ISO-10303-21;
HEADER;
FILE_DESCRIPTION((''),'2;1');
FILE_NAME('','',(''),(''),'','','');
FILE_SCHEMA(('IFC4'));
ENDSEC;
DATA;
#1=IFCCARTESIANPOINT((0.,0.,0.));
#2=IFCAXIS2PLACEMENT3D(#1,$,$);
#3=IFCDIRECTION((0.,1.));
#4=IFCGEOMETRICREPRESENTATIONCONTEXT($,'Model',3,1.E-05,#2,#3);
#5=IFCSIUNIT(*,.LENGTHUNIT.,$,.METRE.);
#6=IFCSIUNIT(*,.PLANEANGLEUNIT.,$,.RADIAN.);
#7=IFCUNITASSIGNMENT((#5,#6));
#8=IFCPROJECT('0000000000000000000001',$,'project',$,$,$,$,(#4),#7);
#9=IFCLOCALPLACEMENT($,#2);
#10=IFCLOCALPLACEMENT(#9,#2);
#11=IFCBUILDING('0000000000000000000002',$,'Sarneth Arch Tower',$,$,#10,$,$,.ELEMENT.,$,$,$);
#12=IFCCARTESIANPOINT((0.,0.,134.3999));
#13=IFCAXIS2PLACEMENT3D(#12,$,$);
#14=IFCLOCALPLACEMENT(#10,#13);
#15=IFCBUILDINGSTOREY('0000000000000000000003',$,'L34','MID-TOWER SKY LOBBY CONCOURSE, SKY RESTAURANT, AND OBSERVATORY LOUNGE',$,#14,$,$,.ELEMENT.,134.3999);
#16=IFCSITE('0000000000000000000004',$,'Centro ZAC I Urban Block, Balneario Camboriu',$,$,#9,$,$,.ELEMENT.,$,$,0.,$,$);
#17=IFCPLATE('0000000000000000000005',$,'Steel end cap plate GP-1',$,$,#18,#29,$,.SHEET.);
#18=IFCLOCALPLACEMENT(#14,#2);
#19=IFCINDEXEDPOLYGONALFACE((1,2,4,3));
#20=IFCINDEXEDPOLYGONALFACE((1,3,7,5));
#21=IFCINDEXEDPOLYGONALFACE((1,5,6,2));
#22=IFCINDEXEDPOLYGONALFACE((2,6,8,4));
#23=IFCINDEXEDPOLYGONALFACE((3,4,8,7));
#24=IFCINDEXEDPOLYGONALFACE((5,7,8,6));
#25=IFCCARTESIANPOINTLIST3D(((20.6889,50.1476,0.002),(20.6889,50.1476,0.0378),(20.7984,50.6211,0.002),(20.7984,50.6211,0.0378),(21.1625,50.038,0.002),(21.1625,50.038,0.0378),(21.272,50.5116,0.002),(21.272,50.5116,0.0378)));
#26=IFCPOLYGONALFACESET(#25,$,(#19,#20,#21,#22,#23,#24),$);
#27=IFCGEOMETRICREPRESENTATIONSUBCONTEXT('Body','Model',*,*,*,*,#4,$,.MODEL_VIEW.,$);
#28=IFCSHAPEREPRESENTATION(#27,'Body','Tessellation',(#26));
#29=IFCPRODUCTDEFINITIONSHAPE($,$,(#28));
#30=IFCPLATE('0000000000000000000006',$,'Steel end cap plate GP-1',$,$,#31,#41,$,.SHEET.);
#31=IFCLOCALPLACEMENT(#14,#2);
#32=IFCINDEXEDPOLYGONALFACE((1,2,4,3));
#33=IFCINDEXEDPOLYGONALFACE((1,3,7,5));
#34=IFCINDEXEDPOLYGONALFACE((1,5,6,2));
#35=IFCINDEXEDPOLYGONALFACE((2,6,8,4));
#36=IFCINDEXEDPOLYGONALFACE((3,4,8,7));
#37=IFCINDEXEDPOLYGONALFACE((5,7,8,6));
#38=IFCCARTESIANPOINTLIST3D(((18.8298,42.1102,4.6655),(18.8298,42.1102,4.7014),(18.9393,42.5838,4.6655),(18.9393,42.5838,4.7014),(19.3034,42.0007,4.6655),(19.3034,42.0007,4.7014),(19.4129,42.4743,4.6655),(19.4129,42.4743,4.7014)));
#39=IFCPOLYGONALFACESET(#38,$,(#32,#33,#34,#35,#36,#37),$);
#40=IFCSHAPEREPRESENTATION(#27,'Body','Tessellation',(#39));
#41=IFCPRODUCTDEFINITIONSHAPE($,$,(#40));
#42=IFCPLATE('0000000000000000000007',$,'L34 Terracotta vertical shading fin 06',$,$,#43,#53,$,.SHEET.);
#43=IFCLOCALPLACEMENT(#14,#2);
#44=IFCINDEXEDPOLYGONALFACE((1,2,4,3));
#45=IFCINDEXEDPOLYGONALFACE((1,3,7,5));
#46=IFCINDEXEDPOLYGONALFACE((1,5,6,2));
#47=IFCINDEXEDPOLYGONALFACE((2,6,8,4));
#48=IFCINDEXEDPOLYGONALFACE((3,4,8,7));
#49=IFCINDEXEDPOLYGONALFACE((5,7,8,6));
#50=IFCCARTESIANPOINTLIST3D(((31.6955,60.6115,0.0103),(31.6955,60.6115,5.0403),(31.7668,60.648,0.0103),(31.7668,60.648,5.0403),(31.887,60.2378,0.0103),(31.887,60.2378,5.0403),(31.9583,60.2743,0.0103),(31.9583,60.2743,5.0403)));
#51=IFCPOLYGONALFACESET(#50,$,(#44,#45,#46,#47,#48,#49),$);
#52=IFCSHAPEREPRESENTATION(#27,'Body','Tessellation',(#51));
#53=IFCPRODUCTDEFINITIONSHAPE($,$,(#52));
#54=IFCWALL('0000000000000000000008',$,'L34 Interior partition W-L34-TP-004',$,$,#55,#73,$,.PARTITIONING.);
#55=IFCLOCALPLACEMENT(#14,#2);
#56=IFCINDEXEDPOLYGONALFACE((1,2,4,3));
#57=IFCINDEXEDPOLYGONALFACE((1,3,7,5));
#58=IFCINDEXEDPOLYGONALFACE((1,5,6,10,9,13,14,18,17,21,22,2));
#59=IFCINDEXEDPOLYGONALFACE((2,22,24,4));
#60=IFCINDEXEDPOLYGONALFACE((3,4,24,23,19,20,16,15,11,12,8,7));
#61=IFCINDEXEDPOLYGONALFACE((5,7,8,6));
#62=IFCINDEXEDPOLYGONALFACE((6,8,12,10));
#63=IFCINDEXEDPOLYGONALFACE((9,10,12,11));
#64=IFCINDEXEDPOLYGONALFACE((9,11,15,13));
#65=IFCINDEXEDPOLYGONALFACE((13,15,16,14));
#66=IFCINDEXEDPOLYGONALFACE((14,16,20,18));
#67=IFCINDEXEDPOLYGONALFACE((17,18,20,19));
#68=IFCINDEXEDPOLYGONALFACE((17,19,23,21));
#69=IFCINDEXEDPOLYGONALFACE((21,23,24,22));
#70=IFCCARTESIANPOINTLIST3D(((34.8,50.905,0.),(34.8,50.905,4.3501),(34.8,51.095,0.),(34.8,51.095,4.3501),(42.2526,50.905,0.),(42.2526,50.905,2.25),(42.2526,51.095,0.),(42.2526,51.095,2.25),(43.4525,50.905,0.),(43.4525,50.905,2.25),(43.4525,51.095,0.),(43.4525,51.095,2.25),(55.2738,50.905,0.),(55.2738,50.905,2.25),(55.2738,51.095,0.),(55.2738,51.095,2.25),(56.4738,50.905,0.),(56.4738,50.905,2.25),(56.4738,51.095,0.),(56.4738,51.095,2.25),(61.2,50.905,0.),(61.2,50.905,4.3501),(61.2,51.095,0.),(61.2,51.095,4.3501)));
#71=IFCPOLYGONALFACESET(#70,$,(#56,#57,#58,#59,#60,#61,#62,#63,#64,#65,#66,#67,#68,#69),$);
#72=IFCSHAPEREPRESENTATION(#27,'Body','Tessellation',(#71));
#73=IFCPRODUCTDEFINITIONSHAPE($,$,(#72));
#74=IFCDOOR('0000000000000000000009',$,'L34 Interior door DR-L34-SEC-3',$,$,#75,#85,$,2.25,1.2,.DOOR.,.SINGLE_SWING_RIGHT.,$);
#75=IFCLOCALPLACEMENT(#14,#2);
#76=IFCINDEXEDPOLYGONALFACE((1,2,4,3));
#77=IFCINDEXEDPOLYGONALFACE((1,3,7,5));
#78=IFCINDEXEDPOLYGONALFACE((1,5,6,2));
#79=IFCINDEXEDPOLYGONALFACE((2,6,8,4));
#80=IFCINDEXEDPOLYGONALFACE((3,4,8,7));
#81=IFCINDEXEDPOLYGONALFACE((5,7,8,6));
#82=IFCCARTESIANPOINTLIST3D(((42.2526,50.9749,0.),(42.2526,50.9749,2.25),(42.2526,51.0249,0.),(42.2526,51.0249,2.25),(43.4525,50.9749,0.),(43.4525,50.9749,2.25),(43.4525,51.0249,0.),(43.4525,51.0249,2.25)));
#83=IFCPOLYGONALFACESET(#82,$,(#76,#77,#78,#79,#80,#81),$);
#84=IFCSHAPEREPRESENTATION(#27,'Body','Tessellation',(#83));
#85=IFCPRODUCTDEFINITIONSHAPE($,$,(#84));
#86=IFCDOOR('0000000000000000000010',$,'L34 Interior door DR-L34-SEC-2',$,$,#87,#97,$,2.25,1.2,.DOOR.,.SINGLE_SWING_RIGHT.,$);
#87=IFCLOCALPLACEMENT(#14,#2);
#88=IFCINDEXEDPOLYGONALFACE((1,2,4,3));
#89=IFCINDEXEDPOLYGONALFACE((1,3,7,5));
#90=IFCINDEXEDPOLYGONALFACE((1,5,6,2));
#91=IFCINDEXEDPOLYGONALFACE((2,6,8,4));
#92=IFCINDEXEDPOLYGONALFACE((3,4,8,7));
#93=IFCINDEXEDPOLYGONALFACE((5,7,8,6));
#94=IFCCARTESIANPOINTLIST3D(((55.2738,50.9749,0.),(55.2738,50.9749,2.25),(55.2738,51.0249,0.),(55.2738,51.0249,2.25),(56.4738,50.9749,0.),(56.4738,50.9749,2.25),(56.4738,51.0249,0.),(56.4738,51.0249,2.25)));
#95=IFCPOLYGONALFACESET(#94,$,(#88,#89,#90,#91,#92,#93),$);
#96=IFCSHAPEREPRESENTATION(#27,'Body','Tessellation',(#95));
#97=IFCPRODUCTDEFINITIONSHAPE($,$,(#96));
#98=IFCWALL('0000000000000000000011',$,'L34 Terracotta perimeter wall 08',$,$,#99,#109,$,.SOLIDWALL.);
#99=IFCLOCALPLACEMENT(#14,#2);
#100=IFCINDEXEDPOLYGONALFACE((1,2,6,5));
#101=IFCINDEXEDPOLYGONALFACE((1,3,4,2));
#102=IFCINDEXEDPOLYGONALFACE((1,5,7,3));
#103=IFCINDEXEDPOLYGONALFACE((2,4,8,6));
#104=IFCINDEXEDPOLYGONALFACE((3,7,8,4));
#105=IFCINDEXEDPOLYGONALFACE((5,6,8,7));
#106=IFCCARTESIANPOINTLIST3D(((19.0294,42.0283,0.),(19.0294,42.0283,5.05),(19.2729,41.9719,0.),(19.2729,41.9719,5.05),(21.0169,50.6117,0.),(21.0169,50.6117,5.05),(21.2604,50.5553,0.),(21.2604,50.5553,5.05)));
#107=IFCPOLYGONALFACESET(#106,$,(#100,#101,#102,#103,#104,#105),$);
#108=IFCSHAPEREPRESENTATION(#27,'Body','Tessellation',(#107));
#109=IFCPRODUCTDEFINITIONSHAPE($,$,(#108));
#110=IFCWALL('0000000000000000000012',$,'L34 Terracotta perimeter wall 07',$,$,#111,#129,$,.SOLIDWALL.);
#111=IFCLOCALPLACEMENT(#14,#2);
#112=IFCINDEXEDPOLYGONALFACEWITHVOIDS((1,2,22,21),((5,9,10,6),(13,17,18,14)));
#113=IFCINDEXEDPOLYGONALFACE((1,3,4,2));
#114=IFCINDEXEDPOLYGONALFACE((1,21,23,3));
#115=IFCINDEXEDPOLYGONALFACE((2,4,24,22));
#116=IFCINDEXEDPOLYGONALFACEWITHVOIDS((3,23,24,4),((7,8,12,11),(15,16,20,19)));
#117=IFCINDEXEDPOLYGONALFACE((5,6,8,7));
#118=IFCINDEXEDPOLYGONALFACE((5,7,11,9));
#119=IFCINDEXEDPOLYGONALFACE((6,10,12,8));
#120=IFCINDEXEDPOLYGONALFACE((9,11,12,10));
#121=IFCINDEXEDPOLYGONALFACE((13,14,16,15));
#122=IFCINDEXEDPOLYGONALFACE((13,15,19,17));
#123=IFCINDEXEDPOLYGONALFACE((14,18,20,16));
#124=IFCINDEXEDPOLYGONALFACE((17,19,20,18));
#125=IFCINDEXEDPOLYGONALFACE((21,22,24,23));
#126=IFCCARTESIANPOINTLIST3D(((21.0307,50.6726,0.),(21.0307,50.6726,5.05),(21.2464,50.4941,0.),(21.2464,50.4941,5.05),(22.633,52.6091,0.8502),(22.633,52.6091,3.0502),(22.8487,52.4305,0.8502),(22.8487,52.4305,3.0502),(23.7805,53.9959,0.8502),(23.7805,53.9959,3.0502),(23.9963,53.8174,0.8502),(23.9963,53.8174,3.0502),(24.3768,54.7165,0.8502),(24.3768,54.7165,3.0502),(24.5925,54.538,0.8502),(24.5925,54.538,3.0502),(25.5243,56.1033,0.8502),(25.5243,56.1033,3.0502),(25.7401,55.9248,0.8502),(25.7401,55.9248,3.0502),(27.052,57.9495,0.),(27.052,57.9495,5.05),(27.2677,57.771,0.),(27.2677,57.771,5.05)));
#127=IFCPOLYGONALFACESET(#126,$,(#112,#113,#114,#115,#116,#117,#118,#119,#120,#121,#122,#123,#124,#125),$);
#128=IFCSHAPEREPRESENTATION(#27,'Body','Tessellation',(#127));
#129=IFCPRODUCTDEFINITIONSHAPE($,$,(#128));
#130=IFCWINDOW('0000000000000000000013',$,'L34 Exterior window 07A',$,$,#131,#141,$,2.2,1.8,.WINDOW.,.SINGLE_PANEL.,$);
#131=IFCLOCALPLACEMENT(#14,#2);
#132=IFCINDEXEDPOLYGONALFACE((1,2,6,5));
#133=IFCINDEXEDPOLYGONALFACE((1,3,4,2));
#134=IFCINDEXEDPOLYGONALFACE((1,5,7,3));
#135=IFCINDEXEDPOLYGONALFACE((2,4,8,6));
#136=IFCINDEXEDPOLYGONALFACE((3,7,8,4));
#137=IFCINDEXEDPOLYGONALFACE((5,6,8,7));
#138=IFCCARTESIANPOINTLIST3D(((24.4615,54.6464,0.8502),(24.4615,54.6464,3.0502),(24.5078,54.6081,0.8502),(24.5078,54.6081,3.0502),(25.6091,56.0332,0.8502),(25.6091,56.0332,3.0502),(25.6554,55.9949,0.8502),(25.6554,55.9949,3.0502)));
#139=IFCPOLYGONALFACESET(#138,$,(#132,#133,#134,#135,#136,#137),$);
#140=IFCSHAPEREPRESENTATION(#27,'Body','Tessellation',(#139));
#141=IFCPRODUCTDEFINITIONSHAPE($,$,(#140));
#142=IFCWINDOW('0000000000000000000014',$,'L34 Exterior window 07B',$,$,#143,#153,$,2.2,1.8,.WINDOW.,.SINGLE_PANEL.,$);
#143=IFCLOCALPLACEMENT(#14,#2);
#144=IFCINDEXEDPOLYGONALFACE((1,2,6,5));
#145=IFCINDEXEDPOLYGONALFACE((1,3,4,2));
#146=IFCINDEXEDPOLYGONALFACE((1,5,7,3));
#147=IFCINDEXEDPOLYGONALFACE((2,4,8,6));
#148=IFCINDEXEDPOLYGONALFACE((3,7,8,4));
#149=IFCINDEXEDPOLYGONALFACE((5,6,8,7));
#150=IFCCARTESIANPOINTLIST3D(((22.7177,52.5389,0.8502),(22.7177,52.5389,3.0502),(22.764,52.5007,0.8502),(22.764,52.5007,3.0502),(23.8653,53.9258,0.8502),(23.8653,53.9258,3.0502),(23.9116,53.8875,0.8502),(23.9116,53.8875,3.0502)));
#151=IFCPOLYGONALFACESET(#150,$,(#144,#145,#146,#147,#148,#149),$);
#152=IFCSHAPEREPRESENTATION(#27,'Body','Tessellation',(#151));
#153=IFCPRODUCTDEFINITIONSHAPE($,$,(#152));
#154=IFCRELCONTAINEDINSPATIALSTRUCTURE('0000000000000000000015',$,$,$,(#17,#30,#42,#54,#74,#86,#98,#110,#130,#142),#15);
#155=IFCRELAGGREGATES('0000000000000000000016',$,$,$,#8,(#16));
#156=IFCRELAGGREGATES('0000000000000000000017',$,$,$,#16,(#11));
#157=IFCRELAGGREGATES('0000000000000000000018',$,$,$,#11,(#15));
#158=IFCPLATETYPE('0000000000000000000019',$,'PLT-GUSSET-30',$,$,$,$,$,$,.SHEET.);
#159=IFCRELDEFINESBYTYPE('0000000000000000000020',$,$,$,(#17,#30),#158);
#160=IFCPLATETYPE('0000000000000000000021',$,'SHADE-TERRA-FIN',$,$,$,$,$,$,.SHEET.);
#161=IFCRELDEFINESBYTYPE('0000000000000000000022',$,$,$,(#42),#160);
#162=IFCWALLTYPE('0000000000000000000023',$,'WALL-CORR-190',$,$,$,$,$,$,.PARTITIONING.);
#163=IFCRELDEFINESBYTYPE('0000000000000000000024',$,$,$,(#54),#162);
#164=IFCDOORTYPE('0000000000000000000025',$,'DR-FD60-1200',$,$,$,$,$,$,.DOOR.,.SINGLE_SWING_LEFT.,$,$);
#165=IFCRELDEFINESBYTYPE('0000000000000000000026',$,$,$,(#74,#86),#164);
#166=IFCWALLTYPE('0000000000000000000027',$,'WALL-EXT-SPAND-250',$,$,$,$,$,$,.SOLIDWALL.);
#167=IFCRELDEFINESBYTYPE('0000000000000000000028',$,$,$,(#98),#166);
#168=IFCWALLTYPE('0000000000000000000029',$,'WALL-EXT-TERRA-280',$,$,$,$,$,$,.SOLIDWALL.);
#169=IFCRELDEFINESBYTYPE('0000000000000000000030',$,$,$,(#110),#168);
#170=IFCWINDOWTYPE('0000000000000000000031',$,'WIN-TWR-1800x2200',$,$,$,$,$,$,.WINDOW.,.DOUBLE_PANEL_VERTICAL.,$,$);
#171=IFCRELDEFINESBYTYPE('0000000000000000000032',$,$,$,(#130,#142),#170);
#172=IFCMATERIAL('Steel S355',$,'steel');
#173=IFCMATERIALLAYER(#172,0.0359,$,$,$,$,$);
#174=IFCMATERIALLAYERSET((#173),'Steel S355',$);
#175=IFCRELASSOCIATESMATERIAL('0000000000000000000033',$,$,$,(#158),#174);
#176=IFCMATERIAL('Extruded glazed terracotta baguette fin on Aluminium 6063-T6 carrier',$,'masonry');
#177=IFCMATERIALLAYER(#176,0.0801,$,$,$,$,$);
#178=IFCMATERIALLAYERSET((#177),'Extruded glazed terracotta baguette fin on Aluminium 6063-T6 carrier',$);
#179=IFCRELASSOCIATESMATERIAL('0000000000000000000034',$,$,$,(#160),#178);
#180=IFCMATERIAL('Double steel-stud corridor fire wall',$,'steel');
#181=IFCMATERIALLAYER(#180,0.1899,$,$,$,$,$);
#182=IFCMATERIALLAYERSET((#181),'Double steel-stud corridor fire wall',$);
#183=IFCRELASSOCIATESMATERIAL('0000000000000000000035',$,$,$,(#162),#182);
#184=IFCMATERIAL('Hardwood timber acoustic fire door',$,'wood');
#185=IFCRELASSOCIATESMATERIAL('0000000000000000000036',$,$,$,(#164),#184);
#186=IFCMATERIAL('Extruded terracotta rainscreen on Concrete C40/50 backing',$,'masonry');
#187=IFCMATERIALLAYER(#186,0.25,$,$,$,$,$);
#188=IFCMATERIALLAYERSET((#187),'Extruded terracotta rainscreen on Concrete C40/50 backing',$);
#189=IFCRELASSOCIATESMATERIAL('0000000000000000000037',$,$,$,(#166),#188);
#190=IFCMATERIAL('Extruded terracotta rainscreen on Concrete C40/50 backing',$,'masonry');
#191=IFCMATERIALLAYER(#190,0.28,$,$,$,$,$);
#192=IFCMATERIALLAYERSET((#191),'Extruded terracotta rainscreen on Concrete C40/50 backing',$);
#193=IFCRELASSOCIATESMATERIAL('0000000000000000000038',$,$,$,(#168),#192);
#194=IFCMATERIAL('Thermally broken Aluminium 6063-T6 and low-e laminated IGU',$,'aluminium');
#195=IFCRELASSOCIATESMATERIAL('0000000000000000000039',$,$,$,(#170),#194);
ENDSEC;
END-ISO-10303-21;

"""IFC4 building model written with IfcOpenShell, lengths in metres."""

from ifc_helpers import new_model, si_unit, direction, frame, frame_2d, origin, origin_2d, place, context, subcontext, project, spatial, rectangle, extrude, material, layer, layer_set, type_object, element, fill, save


model = new_model("IFC4")

# Units and contexts
model_context = context("Model", 3, precision=1e-05, world=origin(), true_north=direction((0.0, 1.0)))
body_context = subcontext(model_context, "Body", "Model", "MODEL_VIEW")
ifc_project = project(units=[si_unit("LENGTHUNIT", "METRE"), si_unit("PLANEANGLEUNIT", "RADIAN")], contexts=[model_context])

# Site, building, storey
site_placement = place(None, origin())
site = spatial("IfcSite", under=ifc_project, at=site_placement, Name="Centro ZAC I Urban Block, Balneario Camboriu", CompositionType="ELEMENT", RefElevation=0.0)
building_placement = place(site_placement, origin())
building = spatial("IfcBuilding", under=site, at=building_placement, Name="Sarneth Arch Tower", CompositionType="ELEMENT")
storey_placement = place(building_placement, frame((0.0, 0.0, 134.3999)))
storey = spatial("IfcBuildingStorey", under=building, at=storey_placement, Name="L34", Description="MID-TOWER SKY LOBBY CONCOURSE, SKY RESTAURANT, AND OBSERVATORY LOUNGE", CompositionType="ELEMENT", Elevation=134.3999)

# Plates
ifc_material_1 = material(Name="Steel S355", Category="steel")
ifc_layer_1 = layer(ifc_material_1, 0.0359)
ifc_layer_set_1 = layer_set([ifc_layer_1], Name="Steel S355")
plate_type_1 = type_object("IfcPlateType", Name="PLT-GUSSET-30", PredefinedType="SHEET", material=ifc_layer_set_1)
for number, where, z_axis, x_axis, name in (
    (1, (20.9805, 50.3296, 0.002), (0.0, 0.0, 1.0), (-0.225291, -0.974291, 0.0), "Steel end cap plate GP-1"),
    (2, (19.1213, 42.2922, 4.6655), (0.0, 0.0, 1.0), (-0.225291, -0.974291, 0.0), "Steel end cap plate GP-1"),
):
    element("IfcPlate", number, at=place(storey_placement, frame(where, z_axis=z_axis, x_axis=x_axis)), inside=storey, type_object=plate_type_1, Name=name, PredefinedType="SHEET", context=body_context, shape_type="SweptSolid", body=[
        extrude(rectangle(XDim=0.4861, YDim=0.4861, at=origin_2d()), origin(), (0.0, 0.0, 1.0), 0.0359),
    ])
ifc_material_2 = material(Name="Extruded glazed terracotta baguette fin on Aluminium 6063-T6 carrier", Category="masonry")
ifc_layer_2 = layer(ifc_material_2, 0.0801)
ifc_layer_set_2 = layer_set([ifc_layer_2], Name="Extruded glazed terracotta baguette fin on Aluminium 6063-T6 carrier")
plate_type_2 = type_object("IfcPlateType", Name="SHADE-TERRA-FIN", PredefinedType="SHEET", material=ifc_layer_set_2)
plate_1_placement = place(storey_placement, frame((31.8269, 60.4429, 0.0103), z_axis=(0.0, 0.0, 1.0), x_axis=(-0.456011, 0.889974, 0.0)))
element("IfcPlate", 3, at=plate_1_placement, inside=storey, type_object=plate_type_2, Name="L34 Terracotta vertical shading fin 06", PredefinedType="SHEET", context=body_context, shape_type="SweptSolid", body=[
    extrude(rectangle(XDim=0.4199, YDim=0.0801, at=origin_2d()), origin(), (0.0, 0.0, 1.0), 5.03),
])

# Wall, openings, doors
ifc_material_3 = material(Name="Double steel-stud corridor fire wall", Category="steel")
ifc_layer_3 = layer(ifc_material_3, 0.1899)
ifc_layer_set_3 = layer_set([ifc_layer_3], Name="Double steel-stud corridor fire wall")
wall_type_1 = type_object("IfcWallType", Name="WALL-CORR-190", PredefinedType="PARTITIONING", material=ifc_layer_set_3)
wall_1_placement = place(storey_placement, frame((34.8, 51.0, 0.0), z_axis=(0.0, 0.0, 1.0), x_axis=(1.0, 0.0, 0.0)))
wall_1 = element("IfcWall", 4, at=wall_1_placement, inside=storey, type_object=wall_type_1, Name="L34 Interior partition W-L34-TP-004", PredefinedType="PARTITIONING", context=body_context, shape_type="SweptSolid", body=[
    extrude(rectangle(XDim=26.3999, YDim=0.1899, at=frame_2d((13.2, 0.0))), origin(), (0.0, 0.0, 1.0), 4.3501),
])
opening_1_placement = place(wall_1_placement, frame((7.4524, 0.0, 0.0)))
opening_1 = element("IfcOpeningElement", 5, at=opening_1_placement, cuts=wall_1, PredefinedType="OPENING", context=body_context, shape_type="SweptSolid", body=[
    extrude(rectangle(XDim=1.2, YDim=2.25, at=frame_2d((0.6001, 1.125))), frame((0.0, 0.105, 0.0), z_axis=(0.0, -1.0, 0.0), x_axis=(1.0, 0.0, 0.0)), (0.0, 0.0, 1.0), 0.21),
])
opening_2_placement = place(wall_1_placement, frame((20.4736, 0.0, 0.0)))
opening_2 = element("IfcOpeningElement", 6, at=opening_2_placement, cuts=wall_1, PredefinedType="OPENING", context=body_context, shape_type="SweptSolid", body=[
    extrude(rectangle(XDim=1.2, YDim=2.25, at=frame_2d((0.6001, 1.125))), frame((0.0, 0.105, 0.0), z_axis=(0.0, -1.0, 0.0), x_axis=(1.0, 0.0, 0.0)), (0.0, 0.0, 1.0), 0.21),
])
ifc_material_4 = material(Name="Hardwood timber acoustic fire door", Category="wood")
door_type_1 = type_object("IfcDoorType", Name="DR-FD60-1200", OperationType="SINGLE_SWING_LEFT", PredefinedType="DOOR", material=ifc_material_4)
door_1_placement = place(opening_1_placement, origin())
door_1 = element("IfcDoor", 7, at=door_1_placement, inside=storey, type_object=door_type_1, Name="L34 Interior door DR-L34-SEC-3", OperationType="SINGLE_SWING_RIGHT", OverallHeight=2.25, OverallWidth=1.2, PredefinedType="DOOR", context=body_context, shape_type="SweptSolid", body=[
    extrude(rectangle(XDim=1.2, YDim=2.25, at=frame_2d((0.6001, 1.125))), frame((0.0, 0.0249, 0.0), z_axis=(0.0, -1.0, 0.0), x_axis=(1.0, 0.0, 0.0)), (0.0, 0.0, 1.0), 0.05),
])
fill(opening_1, door_1)
door_2_placement = place(opening_2_placement, origin())
door_2 = element("IfcDoor", 8, at=door_2_placement, inside=storey, type_object=door_type_1, Name="L34 Interior door DR-L34-SEC-2", OperationType="SINGLE_SWING_RIGHT", OverallHeight=2.25, OverallWidth=1.2, PredefinedType="DOOR", context=body_context, shape_type="SweptSolid", body=[
    extrude(rectangle(XDim=1.2, YDim=2.25, at=frame_2d((0.6001, 1.125))), frame((0.0, 0.0249, 0.0), z_axis=(0.0, -1.0, 0.0), x_axis=(1.0, 0.0, 0.0)), (0.0, 0.0, 1.0), 0.05),
])
fill(opening_2, door_2)

# Wall
ifc_material_5 = material(Name="Extruded terracotta rainscreen on Concrete C40/50 backing", Category="masonry")
ifc_layer_4 = layer(ifc_material_5, 0.25)
ifc_layer_set_4 = layer_set([ifc_layer_4], Name="Extruded terracotta rainscreen on Concrete C40/50 backing")
wall_type_2 = type_object("IfcWallType", Name="WALL-EXT-SPAND-250", PredefinedType="SOLIDWALL", material=ifc_layer_set_4)
wall_2_placement = place(storey_placement, frame((21.1387, 50.5835, 0.0), z_axis=(0.0, 0.0, 1.0), x_axis=(-0.225586, -0.974223, 0.0)))
element("IfcWall", 9, at=wall_2_placement, inside=storey, type_object=wall_type_2, Name="L34 Terracotta perimeter wall 08", PredefinedType="SOLIDWALL", context=body_context, shape_type="SweptSolid", body=[
    extrude(rectangle(XDim=8.8105, YDim=0.25, at=frame_2d((4.4053, 0.0))), origin(), (0.0, 0.0, 1.0), 5.05),
])

# Wall, openings, windows
ifc_material_6 = material(Name="Extruded terracotta rainscreen on Concrete C40/50 backing", Category="masonry")
ifc_layer_5 = layer(ifc_material_6, 0.28)
ifc_layer_set_5 = layer_set([ifc_layer_5], Name="Extruded terracotta rainscreen on Concrete C40/50 backing")
wall_type_3 = type_object("IfcWallType", Name="WALL-EXT-TERRA-280", PredefinedType="SOLIDWALL", material=ifc_layer_set_5)
wall_3_placement = place(storey_placement, frame((27.1599, 57.8604, 0.0), z_axis=(0.0, 0.0, 1.0), x_axis=(-0.637506, -0.770446, 0.0)))
wall_3 = element("IfcWall", 10, at=wall_3_placement, inside=storey, type_object=wall_type_3, Name="L34 Terracotta perimeter wall 07", PredefinedType="SOLIDWALL", context=body_context, shape_type="SweptSolid", body=[
    extrude(rectangle(XDim=9.4451, YDim=0.28, at=frame_2d((4.7227, 0.0))), origin(), (0.0, 0.0, 1.0), 5.05),
])
opening_3_placement = place(wall_3_placement, frame((2.3965, 0.0, 0.8501)))
opening_3 = element("IfcOpeningElement", 11, at=opening_3_placement, cuts=wall_3, PredefinedType="OPENING", context=body_context, shape_type="SweptSolid", body=[
    extrude(rectangle(XDim=1.8, YDim=2.2, at=frame_2d((0.8999, 1.1001))), frame((0.0, 0.1499, 0.0), z_axis=(0.0, -1.0, 0.0), x_axis=(1.0, 0.0, 0.0)), (0.0, 0.0, 1.0), 0.3),
])
opening_4_placement = place(wall_3_placement, frame((5.1318, 0.0, 0.8501)))
opening_4 = element("IfcOpeningElement", 12, at=opening_4_placement, cuts=wall_3, PredefinedType="OPENING", context=body_context, shape_type="SweptSolid", body=[
    extrude(rectangle(XDim=1.8, YDim=2.2, at=frame_2d((0.8999, 1.1001))), frame((0.0, 0.1499, 0.0), z_axis=(0.0, -1.0, 0.0), x_axis=(1.0, 0.0, 0.0)), (0.0, 0.0, 1.0), 0.3),
])
ifc_material_7 = material(Name="Thermally broken Aluminium 6063-T6 and low-e laminated IGU", Category="aluminium")
window_type = type_object("IfcWindowType", Name="WIN-TWR-1800x2200", PartitioningType="DOUBLE_PANEL_VERTICAL", PredefinedType="WINDOW", material=ifc_material_7)
window_1_placement = place(opening_3_placement, origin())
window_1 = element("IfcWindow", 13, at=window_1_placement, inside=storey, type_object=window_type, Name="L34 Exterior window 07A", OverallHeight=2.2, OverallWidth=1.8, PartitioningType="SINGLE_PANEL", PredefinedType="WINDOW", context=body_context, shape_type="SweptSolid", body=[
    extrude(rectangle(XDim=1.8, YDim=2.2, at=frame_2d((0.8999, 1.1001))), frame((0.0, 0.03, 0.0), z_axis=(0.0, -1.0, 0.0), x_axis=(1.0, 0.0, 0.0)), (0.0, 0.0, 1.0), 0.0601),
])
fill(opening_3, window_1)
window_2_placement = place(opening_4_placement, origin())
window_2 = element("IfcWindow", 14, at=window_2_placement, inside=storey, type_object=window_type, Name="L34 Exterior window 07B", OverallHeight=2.2, OverallWidth=1.8, PartitioningType="SINGLE_PANEL", PredefinedType="WINDOW", context=body_context, shape_type="SweptSolid", body=[
    extrude(rectangle(XDim=1.8, YDim=2.2, at=frame_2d((0.8999, 1.1001))), frame((0.0, 0.03, 0.0), z_axis=(0.0, -1.0, 0.0), x_axis=(1.0, 0.0, 0.0)), (0.0, 0.0, 1.0), 0.0601),
])
fill(opening_4, window_2)

save(model, "model.ifc")
